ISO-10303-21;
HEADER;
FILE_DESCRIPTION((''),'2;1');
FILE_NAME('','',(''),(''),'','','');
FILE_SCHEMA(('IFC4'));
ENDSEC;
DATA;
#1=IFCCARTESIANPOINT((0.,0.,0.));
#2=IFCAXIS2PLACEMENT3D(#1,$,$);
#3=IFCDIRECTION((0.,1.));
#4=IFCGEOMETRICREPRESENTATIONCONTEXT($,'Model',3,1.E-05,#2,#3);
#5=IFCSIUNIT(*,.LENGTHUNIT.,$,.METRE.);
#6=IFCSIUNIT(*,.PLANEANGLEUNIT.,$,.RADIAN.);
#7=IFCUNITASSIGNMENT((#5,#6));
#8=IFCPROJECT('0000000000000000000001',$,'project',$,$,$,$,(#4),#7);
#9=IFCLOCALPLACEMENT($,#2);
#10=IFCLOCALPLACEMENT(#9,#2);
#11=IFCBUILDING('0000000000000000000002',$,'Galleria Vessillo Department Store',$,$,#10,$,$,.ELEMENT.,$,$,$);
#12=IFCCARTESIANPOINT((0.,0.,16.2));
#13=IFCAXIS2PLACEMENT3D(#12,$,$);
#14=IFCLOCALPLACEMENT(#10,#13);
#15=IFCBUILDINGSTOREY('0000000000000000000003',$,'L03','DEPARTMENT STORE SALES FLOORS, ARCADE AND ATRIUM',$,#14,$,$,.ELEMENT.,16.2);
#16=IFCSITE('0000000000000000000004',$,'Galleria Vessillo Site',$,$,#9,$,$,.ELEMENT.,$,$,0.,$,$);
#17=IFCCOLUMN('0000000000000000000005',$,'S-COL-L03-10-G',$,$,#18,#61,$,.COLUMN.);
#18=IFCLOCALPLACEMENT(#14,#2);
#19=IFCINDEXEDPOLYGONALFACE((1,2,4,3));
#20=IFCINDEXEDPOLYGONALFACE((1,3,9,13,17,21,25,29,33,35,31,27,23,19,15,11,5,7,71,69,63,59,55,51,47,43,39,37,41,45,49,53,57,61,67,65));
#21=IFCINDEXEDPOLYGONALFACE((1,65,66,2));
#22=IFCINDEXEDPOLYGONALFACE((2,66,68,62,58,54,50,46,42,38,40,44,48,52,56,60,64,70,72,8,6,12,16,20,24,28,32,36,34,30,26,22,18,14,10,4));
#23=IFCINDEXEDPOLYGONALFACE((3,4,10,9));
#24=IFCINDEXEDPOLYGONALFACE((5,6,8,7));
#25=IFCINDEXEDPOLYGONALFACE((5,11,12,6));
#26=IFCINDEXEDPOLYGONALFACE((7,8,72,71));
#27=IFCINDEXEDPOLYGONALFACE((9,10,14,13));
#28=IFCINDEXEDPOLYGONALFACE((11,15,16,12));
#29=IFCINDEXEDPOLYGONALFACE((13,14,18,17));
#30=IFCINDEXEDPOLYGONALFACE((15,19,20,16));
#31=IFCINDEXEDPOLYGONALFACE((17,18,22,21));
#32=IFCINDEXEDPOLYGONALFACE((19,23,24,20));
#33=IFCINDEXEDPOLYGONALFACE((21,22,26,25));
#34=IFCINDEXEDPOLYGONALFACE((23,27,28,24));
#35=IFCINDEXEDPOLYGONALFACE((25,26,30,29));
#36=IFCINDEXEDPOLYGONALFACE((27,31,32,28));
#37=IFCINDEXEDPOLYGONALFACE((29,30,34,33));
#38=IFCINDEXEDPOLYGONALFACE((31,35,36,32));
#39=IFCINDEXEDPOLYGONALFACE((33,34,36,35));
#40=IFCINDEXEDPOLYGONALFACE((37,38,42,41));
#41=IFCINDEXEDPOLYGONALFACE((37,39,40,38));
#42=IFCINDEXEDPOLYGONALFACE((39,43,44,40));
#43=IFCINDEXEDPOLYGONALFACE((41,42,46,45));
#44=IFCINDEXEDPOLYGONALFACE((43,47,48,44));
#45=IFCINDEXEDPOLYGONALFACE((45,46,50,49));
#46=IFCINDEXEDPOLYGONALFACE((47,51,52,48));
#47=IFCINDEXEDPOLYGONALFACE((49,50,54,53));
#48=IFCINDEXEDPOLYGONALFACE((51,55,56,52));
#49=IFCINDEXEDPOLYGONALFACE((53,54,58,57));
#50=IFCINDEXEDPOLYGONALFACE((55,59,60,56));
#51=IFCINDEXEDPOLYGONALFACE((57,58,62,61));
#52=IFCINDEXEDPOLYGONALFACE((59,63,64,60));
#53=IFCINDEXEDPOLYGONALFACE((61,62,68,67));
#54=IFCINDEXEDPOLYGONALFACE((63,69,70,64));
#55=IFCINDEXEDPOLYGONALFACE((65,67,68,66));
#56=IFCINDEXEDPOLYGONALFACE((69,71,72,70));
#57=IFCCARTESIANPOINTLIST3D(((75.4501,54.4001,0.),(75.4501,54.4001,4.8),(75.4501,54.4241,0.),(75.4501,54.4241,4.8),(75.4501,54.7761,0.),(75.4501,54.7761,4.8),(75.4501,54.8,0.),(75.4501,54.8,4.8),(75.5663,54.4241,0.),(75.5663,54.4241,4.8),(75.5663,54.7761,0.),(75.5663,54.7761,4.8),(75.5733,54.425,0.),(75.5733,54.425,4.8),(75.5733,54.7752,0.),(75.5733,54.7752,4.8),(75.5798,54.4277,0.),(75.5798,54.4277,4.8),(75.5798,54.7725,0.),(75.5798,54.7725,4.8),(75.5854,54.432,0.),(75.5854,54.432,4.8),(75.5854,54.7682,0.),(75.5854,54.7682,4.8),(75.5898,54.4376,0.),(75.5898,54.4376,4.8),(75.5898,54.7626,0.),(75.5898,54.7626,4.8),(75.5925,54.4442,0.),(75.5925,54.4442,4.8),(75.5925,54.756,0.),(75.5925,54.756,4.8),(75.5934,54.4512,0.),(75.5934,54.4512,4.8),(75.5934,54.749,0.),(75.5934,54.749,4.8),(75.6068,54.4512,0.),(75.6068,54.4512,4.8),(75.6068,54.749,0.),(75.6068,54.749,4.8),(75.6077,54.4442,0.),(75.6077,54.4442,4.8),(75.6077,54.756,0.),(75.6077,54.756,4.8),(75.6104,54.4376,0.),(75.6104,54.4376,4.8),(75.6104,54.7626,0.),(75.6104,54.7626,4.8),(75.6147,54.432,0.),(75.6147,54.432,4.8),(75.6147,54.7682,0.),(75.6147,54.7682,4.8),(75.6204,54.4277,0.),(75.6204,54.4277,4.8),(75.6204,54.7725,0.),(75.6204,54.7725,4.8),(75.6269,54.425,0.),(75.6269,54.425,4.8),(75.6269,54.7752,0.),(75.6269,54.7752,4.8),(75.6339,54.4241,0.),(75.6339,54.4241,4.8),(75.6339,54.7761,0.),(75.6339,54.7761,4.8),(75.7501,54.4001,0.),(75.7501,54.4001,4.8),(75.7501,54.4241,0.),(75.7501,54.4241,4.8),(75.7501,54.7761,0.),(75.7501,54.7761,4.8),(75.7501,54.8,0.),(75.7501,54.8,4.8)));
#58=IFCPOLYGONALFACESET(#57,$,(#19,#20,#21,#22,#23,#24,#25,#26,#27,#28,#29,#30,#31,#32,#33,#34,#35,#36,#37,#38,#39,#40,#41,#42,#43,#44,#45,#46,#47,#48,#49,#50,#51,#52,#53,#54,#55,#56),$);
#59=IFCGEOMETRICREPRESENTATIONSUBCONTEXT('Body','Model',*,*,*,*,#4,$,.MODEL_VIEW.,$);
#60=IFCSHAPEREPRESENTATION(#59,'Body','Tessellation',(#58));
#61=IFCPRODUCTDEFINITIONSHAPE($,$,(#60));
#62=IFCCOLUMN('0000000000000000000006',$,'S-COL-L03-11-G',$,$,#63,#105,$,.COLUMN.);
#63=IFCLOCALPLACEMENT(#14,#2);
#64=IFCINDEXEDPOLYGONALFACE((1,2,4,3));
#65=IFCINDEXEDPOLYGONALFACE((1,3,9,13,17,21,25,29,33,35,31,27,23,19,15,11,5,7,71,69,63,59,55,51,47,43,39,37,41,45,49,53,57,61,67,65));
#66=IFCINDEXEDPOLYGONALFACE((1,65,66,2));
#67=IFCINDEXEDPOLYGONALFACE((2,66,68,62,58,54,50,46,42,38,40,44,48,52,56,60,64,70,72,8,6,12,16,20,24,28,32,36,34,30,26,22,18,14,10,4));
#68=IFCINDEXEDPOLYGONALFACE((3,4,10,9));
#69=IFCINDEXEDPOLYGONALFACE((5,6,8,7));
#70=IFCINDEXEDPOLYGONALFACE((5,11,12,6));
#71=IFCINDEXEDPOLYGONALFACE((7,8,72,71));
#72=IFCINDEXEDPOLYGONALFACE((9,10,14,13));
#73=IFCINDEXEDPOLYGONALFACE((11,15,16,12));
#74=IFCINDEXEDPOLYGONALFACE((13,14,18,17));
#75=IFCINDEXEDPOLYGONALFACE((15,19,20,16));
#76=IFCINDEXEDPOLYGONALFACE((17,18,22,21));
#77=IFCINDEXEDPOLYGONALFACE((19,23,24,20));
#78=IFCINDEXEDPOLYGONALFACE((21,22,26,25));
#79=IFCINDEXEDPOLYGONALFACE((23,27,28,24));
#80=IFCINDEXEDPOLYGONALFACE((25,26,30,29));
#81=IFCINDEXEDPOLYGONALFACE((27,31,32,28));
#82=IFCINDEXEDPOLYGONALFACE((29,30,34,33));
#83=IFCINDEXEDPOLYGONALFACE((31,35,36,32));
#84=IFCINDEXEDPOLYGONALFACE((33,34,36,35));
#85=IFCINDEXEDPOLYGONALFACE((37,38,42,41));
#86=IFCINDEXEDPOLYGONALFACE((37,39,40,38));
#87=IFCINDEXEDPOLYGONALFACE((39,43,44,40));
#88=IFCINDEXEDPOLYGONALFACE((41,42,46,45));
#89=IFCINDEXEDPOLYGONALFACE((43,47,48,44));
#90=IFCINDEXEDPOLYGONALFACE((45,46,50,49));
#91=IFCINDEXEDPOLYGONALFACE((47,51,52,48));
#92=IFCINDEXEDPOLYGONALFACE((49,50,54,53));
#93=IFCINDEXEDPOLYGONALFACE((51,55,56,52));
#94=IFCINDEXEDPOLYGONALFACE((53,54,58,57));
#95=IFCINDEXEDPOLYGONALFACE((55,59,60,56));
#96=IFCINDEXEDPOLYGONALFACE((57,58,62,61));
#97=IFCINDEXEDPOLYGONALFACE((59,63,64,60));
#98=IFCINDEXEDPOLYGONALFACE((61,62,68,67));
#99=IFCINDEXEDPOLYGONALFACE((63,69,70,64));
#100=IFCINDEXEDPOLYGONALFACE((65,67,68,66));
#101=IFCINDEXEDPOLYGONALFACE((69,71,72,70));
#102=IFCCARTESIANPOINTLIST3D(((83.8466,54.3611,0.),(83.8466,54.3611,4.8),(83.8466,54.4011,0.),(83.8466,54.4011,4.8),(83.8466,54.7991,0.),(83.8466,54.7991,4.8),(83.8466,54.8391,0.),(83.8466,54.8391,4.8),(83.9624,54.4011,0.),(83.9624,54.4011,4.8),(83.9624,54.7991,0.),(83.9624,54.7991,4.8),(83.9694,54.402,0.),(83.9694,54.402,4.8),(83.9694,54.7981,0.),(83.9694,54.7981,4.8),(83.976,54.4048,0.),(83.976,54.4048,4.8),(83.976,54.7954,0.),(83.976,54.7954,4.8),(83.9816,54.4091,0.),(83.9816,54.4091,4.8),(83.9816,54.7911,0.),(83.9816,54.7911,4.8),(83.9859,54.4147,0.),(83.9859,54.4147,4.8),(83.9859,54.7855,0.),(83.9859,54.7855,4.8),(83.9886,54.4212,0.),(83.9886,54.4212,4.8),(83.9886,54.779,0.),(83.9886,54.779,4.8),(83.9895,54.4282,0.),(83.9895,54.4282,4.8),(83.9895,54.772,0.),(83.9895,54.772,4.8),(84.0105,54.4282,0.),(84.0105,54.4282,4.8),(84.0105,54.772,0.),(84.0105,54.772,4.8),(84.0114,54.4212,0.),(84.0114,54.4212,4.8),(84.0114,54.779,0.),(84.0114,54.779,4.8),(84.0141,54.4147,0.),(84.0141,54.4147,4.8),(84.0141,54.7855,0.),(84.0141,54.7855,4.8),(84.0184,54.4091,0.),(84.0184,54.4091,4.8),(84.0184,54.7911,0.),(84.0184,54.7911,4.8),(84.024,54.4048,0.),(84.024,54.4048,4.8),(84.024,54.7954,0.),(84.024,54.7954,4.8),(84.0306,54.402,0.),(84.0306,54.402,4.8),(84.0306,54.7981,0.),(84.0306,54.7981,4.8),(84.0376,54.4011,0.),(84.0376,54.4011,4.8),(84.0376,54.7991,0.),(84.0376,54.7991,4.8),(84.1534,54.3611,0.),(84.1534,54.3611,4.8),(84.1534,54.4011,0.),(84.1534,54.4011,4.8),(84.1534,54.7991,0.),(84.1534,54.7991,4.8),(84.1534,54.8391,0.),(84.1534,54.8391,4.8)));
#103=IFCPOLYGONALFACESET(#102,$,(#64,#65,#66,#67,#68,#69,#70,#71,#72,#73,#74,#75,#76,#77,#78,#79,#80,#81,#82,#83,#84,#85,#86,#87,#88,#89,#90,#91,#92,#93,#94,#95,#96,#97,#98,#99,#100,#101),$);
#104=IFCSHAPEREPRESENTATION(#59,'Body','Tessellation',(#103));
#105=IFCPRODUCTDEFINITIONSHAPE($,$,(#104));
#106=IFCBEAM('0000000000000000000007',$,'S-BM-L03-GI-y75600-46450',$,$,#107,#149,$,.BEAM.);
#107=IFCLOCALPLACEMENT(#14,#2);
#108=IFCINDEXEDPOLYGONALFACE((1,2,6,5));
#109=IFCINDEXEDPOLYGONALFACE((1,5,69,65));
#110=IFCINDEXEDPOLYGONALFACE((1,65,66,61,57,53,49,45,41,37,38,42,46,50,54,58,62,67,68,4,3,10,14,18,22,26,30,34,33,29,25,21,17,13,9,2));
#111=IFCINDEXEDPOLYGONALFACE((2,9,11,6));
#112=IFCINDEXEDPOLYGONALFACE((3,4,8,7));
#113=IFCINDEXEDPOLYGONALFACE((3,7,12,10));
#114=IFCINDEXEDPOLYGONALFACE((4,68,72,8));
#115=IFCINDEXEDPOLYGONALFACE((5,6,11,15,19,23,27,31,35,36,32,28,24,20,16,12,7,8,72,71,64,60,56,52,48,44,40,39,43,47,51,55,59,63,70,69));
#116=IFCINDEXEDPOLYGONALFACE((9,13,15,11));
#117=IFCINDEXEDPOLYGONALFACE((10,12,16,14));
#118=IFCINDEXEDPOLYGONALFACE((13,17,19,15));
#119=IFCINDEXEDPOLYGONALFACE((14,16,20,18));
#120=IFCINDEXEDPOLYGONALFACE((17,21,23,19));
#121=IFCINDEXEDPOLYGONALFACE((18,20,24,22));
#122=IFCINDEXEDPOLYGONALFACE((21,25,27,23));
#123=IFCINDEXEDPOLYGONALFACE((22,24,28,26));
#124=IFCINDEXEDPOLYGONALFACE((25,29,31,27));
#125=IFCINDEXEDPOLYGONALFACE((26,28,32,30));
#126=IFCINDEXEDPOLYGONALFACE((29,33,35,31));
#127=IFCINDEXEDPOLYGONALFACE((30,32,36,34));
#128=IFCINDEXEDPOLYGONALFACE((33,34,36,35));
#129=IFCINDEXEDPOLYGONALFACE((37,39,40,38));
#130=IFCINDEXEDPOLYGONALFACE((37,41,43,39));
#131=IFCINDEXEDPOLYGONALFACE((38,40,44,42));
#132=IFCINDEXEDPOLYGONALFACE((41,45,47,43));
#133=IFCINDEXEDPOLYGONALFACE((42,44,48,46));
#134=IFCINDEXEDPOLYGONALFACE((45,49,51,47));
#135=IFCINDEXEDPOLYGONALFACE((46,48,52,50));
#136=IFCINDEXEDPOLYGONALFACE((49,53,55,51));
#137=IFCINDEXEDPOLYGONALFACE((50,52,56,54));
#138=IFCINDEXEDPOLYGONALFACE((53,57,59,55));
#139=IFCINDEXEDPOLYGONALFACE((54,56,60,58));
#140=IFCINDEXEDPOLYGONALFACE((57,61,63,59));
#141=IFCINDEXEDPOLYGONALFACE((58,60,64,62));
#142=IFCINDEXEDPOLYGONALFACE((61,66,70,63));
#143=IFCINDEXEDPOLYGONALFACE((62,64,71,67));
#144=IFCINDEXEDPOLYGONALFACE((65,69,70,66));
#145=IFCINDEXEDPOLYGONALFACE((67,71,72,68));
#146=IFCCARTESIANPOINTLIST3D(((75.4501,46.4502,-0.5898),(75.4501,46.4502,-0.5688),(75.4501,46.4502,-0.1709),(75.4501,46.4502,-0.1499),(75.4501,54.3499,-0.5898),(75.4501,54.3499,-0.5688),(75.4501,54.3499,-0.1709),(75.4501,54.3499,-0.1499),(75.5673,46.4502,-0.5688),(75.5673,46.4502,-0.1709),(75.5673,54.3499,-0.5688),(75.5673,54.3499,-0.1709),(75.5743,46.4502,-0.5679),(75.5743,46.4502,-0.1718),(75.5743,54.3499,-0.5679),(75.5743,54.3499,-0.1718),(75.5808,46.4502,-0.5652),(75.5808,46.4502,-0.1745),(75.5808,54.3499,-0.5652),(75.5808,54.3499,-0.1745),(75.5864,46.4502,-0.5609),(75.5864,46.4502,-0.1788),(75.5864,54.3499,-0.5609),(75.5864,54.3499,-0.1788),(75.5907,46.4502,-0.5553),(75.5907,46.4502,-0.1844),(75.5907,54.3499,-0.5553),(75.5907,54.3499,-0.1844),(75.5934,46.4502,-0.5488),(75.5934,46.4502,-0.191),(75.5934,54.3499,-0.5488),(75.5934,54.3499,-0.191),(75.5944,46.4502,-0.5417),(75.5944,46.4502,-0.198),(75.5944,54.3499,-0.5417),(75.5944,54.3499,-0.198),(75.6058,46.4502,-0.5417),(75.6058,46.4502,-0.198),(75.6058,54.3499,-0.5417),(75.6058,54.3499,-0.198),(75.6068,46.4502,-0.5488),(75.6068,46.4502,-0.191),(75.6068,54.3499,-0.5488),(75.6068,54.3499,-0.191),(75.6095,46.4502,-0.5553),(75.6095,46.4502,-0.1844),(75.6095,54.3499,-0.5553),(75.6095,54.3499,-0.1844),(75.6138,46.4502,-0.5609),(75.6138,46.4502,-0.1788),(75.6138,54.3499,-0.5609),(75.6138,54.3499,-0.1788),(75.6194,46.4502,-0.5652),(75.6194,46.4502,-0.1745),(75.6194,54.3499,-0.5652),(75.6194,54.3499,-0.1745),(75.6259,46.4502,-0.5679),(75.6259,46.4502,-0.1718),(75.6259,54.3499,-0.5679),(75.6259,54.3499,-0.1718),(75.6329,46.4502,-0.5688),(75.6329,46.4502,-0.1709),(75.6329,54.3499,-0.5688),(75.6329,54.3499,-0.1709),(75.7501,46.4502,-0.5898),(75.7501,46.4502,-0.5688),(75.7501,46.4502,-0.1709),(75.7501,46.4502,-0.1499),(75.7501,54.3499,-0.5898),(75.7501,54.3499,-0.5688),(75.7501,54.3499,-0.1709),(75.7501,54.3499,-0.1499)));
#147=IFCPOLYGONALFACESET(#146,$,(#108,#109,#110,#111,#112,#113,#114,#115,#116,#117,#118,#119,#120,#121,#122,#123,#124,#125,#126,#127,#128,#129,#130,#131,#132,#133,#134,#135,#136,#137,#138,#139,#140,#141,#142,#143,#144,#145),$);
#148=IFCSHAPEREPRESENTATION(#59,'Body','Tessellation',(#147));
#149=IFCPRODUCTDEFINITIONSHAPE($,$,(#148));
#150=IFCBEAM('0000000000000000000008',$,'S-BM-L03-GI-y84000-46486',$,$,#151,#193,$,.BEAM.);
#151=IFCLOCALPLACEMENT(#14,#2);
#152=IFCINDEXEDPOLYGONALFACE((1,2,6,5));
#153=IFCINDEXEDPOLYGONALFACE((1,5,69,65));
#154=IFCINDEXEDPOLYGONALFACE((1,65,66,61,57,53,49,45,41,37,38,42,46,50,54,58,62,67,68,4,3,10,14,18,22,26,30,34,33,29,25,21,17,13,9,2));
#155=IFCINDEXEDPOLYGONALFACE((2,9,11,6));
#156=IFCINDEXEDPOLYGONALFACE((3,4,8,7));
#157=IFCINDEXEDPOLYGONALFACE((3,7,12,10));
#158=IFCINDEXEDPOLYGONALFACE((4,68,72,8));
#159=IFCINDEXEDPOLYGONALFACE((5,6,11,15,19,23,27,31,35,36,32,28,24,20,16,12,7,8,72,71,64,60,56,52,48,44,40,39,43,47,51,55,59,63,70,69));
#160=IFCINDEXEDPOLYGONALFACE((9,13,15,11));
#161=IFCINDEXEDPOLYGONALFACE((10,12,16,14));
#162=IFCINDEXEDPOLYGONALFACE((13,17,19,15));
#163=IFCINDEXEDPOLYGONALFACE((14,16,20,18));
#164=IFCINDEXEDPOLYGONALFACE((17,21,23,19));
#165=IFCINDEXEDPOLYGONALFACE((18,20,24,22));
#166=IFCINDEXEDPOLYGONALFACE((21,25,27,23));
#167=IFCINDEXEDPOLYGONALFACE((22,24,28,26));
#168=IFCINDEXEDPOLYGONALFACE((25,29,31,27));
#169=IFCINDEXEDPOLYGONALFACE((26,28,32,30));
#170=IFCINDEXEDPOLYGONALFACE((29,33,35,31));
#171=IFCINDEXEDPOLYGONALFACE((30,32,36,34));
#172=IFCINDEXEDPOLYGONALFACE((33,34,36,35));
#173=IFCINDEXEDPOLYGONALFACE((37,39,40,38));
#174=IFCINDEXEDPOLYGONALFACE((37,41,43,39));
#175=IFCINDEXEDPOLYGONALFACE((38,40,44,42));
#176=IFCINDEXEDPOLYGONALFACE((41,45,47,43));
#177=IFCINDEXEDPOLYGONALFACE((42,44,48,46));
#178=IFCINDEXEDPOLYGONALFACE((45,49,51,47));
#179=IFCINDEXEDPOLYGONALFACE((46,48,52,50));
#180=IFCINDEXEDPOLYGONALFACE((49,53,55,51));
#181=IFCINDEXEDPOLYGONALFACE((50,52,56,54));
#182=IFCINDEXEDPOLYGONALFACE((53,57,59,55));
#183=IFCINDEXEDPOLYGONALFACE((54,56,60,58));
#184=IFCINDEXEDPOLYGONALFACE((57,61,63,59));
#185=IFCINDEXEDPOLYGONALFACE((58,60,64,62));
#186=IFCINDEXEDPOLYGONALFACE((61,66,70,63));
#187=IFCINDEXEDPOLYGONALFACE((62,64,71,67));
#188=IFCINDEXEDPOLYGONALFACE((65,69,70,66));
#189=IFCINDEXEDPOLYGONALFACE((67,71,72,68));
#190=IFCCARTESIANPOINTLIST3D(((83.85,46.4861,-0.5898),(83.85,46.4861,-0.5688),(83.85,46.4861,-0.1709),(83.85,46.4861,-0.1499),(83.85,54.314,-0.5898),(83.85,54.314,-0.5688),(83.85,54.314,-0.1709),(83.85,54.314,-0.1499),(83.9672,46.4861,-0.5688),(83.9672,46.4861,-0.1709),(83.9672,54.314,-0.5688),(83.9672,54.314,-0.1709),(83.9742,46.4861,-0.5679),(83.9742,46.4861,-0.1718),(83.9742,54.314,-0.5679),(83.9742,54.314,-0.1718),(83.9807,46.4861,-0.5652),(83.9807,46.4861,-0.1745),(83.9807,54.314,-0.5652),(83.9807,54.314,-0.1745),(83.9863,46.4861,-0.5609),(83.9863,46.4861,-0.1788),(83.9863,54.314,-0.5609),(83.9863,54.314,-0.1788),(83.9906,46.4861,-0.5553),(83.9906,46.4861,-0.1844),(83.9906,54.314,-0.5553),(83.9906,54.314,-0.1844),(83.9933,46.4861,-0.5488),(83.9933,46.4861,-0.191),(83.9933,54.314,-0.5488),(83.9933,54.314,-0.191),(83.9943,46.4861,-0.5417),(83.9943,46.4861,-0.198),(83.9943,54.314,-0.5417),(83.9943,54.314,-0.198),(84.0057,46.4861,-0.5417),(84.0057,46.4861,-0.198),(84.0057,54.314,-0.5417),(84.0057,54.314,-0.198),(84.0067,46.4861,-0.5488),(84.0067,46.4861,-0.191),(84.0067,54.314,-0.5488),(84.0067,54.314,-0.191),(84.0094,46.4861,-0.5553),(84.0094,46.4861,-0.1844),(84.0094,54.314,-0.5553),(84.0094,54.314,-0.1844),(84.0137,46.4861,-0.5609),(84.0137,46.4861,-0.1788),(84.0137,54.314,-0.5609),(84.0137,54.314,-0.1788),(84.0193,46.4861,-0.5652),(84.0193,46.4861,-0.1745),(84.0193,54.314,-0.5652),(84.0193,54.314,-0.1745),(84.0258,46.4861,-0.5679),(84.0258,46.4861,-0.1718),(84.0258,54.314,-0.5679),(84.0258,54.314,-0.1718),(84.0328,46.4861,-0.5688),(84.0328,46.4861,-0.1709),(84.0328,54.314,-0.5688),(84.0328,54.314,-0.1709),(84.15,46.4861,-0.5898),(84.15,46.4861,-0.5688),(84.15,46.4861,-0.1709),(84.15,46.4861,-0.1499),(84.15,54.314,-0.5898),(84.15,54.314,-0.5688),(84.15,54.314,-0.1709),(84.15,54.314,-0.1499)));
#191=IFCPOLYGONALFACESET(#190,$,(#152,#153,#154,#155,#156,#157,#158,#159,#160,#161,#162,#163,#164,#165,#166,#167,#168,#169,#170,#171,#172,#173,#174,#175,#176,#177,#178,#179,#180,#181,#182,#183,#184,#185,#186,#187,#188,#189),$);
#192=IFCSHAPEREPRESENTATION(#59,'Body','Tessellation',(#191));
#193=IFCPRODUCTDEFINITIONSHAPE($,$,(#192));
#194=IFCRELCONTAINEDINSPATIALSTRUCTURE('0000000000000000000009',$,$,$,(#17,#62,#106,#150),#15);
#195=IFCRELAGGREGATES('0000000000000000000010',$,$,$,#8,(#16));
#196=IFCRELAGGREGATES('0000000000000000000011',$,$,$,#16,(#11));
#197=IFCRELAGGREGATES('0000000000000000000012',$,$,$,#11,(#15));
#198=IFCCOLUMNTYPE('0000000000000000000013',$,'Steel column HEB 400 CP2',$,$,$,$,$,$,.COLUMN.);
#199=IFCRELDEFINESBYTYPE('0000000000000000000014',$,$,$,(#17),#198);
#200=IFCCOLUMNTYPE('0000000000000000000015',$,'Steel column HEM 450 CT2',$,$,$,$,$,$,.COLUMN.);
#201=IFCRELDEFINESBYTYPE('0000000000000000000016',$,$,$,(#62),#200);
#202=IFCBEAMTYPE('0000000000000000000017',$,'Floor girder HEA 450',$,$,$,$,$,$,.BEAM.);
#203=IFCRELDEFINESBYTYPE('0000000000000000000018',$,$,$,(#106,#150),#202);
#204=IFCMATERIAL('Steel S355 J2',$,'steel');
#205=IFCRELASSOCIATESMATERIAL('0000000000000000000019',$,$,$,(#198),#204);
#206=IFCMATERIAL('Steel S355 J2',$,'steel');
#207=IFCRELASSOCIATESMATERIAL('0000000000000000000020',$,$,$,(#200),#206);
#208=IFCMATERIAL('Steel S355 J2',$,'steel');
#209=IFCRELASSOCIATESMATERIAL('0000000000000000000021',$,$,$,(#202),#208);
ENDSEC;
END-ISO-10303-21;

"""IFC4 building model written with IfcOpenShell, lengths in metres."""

from ifc_helpers import new_model, si_unit, direction, frame, origin, origin_2d, place, context, subcontext, project, spatial, i_section, extrude, material, material_profile, profile_set, type_object, element, save


model = new_model("IFC4")

# Units and contexts
model_context = context("Model", 3, precision=1e-05, world=origin(), true_north=direction((0.0, 1.0)))
body_context = subcontext(model_context, "Body", "Model", "MODEL_VIEW")
ifc_project = project(units=[si_unit("LENGTHUNIT", "METRE"), si_unit("PLANEANGLEUNIT", "RADIAN")], contexts=[model_context])

# Site, building, storey
site_placement = place(None, origin())
site = spatial("IfcSite", under=ifc_project, at=site_placement, Name="Galleria Vessillo Site", CompositionType="ELEMENT", RefElevation=0.0)
building_placement = place(site_placement, origin())
building = spatial("IfcBuilding", under=site, at=building_placement, Name="Galleria Vessillo Department Store", CompositionType="ELEMENT")
storey_placement = place(building_placement, frame((0.0, 0.0, 16.2)))
storey = spatial("IfcBuildingStorey", under=building, at=storey_placement, Name="L03", Description="DEPARTMENT STORE SALES FLOORS, ARCADE AND ATRIUM", CompositionType="ELEMENT", Elevation=16.2)

# Columns
ifc_material_1 = material(Name="Steel S355 J2", Category="steel")
ifc_material_profile_1 = material_profile(ifc_material_1, i_section(OverallWidth=0.3, OverallDepth=0.3999, WebThickness=0.0134, FlangeThickness=0.0239, FilletRadius=0.0271, at=origin_2d()), Name="HEB 400")
ifc_profile_set_1 = profile_set([ifc_material_profile_1], Name="Steel S355 J2")
column_type_1 = type_object("IfcColumnType", Name="Steel column HEB 400 CP2", PredefinedType="COLUMN", material=ifc_profile_set_1)
column_1_placement = place(storey_placement, frame((75.6001, 54.6001, 0.0), z_axis=(0.0, 0.0, 1.0), x_axis=(1.0, 0.0, 0.0)))
element("IfcColumn", 1, at=column_1_placement, inside=storey, type_object=column_type_1, Name="S-COL-L03-10-G", PredefinedType="COLUMN", context=body_context, shape_type="SweptSolid", body=[
    extrude(i_section(OverallWidth=0.3, OverallDepth=0.3999, WebThickness=0.0134, FlangeThickness=0.0239, FilletRadius=0.0271, at=origin_2d()), origin(), (0.0, 0.0, 1.0), 4.8),
])
ifc_material_2 = material(Name="Steel S355 J2", Category="steel")
ifc_material_profile_2 = material_profile(ifc_material_2, i_section(OverallWidth=0.3069, OverallDepth=0.478, WebThickness=0.021, FlangeThickness=0.04, FilletRadius=0.0271, at=origin_2d()), Name="HEM 450")
ifc_profile_set_2 = profile_set([ifc_material_profile_2], Name="Steel S355 J2")
column_type_2 = type_object("IfcColumnType", Name="Steel column HEM 450 CT2", PredefinedType="COLUMN", material=ifc_profile_set_2)
column_2_placement = place(storey_placement, frame((84.0, 54.6001, 0.0), z_axis=(0.0, 0.0, 1.0), x_axis=(1.0, 0.0, 0.0)))
element("IfcColumn", 2, at=column_2_placement, inside=storey, type_object=column_type_2, Name="S-COL-L03-11-G", PredefinedType="COLUMN", context=body_context, shape_type="SweptSolid", body=[
    extrude(i_section(OverallWidth=0.3069, OverallDepth=0.478, WebThickness=0.021, FlangeThickness=0.04, FilletRadius=0.0271, at=origin_2d()), origin(), (0.0, 0.0, 1.0), 4.8),
])

# Beams
ifc_material_3 = material(Name="Steel S355 J2", Category="steel")
ifc_material_profile_3 = material_profile(ifc_material_3, i_section(OverallWidth=0.3, OverallDepth=0.4399, WebThickness=0.0115, FlangeThickness=0.021, FilletRadius=0.0271, at=origin_2d()), Name="HEA 450")
ifc_profile_set_3 = profile_set([ifc_material_profile_3], Name="Steel S355 J2")
beam_type_1 = type_object("IfcBeamType", Name="Floor girder HEA 450", PredefinedType="BEAM", material=ifc_profile_set_3)
beam_1_placement = place(storey_placement, frame((75.6001, 46.4502, -0.3699), z_axis=(0.0, 1.0, 0.0), x_axis=(-1.0, 0.0, 0.0)))
element("IfcBeam", 3, at=beam_1_placement, inside=storey, type_object=beam_type_1, Name="S-BM-L03-GI-y75600-46450", PredefinedType="BEAM", context=body_context, shape_type="SweptSolid", body=[
    extrude(i_section(OverallWidth=0.3, OverallDepth=0.4399, WebThickness=0.0115, FlangeThickness=0.021, FilletRadius=0.0271, at=origin_2d()), origin(), (0.0, 0.0, 1.0), 7.8997),
])
beam_2_placement = place(storey_placement, frame((84.0, 46.4861, -0.3699), z_axis=(0.0, 1.0, 0.0), x_axis=(-1.0, 0.0, 0.0)))
element("IfcBeam", 4, at=beam_2_placement, inside=storey, type_object=beam_type_1, Name="S-BM-L03-GI-y84000-46486", PredefinedType="BEAM", context=body_context, shape_type="SweptSolid", body=[
    extrude(i_section(OverallWidth=0.3, OverallDepth=0.4399, WebThickness=0.0115, FlangeThickness=0.021, FilletRadius=0.0271, at=origin_2d()), origin(), (0.0, 0.0, 1.0), 7.8279),
])

save(model, "model.ifc")
